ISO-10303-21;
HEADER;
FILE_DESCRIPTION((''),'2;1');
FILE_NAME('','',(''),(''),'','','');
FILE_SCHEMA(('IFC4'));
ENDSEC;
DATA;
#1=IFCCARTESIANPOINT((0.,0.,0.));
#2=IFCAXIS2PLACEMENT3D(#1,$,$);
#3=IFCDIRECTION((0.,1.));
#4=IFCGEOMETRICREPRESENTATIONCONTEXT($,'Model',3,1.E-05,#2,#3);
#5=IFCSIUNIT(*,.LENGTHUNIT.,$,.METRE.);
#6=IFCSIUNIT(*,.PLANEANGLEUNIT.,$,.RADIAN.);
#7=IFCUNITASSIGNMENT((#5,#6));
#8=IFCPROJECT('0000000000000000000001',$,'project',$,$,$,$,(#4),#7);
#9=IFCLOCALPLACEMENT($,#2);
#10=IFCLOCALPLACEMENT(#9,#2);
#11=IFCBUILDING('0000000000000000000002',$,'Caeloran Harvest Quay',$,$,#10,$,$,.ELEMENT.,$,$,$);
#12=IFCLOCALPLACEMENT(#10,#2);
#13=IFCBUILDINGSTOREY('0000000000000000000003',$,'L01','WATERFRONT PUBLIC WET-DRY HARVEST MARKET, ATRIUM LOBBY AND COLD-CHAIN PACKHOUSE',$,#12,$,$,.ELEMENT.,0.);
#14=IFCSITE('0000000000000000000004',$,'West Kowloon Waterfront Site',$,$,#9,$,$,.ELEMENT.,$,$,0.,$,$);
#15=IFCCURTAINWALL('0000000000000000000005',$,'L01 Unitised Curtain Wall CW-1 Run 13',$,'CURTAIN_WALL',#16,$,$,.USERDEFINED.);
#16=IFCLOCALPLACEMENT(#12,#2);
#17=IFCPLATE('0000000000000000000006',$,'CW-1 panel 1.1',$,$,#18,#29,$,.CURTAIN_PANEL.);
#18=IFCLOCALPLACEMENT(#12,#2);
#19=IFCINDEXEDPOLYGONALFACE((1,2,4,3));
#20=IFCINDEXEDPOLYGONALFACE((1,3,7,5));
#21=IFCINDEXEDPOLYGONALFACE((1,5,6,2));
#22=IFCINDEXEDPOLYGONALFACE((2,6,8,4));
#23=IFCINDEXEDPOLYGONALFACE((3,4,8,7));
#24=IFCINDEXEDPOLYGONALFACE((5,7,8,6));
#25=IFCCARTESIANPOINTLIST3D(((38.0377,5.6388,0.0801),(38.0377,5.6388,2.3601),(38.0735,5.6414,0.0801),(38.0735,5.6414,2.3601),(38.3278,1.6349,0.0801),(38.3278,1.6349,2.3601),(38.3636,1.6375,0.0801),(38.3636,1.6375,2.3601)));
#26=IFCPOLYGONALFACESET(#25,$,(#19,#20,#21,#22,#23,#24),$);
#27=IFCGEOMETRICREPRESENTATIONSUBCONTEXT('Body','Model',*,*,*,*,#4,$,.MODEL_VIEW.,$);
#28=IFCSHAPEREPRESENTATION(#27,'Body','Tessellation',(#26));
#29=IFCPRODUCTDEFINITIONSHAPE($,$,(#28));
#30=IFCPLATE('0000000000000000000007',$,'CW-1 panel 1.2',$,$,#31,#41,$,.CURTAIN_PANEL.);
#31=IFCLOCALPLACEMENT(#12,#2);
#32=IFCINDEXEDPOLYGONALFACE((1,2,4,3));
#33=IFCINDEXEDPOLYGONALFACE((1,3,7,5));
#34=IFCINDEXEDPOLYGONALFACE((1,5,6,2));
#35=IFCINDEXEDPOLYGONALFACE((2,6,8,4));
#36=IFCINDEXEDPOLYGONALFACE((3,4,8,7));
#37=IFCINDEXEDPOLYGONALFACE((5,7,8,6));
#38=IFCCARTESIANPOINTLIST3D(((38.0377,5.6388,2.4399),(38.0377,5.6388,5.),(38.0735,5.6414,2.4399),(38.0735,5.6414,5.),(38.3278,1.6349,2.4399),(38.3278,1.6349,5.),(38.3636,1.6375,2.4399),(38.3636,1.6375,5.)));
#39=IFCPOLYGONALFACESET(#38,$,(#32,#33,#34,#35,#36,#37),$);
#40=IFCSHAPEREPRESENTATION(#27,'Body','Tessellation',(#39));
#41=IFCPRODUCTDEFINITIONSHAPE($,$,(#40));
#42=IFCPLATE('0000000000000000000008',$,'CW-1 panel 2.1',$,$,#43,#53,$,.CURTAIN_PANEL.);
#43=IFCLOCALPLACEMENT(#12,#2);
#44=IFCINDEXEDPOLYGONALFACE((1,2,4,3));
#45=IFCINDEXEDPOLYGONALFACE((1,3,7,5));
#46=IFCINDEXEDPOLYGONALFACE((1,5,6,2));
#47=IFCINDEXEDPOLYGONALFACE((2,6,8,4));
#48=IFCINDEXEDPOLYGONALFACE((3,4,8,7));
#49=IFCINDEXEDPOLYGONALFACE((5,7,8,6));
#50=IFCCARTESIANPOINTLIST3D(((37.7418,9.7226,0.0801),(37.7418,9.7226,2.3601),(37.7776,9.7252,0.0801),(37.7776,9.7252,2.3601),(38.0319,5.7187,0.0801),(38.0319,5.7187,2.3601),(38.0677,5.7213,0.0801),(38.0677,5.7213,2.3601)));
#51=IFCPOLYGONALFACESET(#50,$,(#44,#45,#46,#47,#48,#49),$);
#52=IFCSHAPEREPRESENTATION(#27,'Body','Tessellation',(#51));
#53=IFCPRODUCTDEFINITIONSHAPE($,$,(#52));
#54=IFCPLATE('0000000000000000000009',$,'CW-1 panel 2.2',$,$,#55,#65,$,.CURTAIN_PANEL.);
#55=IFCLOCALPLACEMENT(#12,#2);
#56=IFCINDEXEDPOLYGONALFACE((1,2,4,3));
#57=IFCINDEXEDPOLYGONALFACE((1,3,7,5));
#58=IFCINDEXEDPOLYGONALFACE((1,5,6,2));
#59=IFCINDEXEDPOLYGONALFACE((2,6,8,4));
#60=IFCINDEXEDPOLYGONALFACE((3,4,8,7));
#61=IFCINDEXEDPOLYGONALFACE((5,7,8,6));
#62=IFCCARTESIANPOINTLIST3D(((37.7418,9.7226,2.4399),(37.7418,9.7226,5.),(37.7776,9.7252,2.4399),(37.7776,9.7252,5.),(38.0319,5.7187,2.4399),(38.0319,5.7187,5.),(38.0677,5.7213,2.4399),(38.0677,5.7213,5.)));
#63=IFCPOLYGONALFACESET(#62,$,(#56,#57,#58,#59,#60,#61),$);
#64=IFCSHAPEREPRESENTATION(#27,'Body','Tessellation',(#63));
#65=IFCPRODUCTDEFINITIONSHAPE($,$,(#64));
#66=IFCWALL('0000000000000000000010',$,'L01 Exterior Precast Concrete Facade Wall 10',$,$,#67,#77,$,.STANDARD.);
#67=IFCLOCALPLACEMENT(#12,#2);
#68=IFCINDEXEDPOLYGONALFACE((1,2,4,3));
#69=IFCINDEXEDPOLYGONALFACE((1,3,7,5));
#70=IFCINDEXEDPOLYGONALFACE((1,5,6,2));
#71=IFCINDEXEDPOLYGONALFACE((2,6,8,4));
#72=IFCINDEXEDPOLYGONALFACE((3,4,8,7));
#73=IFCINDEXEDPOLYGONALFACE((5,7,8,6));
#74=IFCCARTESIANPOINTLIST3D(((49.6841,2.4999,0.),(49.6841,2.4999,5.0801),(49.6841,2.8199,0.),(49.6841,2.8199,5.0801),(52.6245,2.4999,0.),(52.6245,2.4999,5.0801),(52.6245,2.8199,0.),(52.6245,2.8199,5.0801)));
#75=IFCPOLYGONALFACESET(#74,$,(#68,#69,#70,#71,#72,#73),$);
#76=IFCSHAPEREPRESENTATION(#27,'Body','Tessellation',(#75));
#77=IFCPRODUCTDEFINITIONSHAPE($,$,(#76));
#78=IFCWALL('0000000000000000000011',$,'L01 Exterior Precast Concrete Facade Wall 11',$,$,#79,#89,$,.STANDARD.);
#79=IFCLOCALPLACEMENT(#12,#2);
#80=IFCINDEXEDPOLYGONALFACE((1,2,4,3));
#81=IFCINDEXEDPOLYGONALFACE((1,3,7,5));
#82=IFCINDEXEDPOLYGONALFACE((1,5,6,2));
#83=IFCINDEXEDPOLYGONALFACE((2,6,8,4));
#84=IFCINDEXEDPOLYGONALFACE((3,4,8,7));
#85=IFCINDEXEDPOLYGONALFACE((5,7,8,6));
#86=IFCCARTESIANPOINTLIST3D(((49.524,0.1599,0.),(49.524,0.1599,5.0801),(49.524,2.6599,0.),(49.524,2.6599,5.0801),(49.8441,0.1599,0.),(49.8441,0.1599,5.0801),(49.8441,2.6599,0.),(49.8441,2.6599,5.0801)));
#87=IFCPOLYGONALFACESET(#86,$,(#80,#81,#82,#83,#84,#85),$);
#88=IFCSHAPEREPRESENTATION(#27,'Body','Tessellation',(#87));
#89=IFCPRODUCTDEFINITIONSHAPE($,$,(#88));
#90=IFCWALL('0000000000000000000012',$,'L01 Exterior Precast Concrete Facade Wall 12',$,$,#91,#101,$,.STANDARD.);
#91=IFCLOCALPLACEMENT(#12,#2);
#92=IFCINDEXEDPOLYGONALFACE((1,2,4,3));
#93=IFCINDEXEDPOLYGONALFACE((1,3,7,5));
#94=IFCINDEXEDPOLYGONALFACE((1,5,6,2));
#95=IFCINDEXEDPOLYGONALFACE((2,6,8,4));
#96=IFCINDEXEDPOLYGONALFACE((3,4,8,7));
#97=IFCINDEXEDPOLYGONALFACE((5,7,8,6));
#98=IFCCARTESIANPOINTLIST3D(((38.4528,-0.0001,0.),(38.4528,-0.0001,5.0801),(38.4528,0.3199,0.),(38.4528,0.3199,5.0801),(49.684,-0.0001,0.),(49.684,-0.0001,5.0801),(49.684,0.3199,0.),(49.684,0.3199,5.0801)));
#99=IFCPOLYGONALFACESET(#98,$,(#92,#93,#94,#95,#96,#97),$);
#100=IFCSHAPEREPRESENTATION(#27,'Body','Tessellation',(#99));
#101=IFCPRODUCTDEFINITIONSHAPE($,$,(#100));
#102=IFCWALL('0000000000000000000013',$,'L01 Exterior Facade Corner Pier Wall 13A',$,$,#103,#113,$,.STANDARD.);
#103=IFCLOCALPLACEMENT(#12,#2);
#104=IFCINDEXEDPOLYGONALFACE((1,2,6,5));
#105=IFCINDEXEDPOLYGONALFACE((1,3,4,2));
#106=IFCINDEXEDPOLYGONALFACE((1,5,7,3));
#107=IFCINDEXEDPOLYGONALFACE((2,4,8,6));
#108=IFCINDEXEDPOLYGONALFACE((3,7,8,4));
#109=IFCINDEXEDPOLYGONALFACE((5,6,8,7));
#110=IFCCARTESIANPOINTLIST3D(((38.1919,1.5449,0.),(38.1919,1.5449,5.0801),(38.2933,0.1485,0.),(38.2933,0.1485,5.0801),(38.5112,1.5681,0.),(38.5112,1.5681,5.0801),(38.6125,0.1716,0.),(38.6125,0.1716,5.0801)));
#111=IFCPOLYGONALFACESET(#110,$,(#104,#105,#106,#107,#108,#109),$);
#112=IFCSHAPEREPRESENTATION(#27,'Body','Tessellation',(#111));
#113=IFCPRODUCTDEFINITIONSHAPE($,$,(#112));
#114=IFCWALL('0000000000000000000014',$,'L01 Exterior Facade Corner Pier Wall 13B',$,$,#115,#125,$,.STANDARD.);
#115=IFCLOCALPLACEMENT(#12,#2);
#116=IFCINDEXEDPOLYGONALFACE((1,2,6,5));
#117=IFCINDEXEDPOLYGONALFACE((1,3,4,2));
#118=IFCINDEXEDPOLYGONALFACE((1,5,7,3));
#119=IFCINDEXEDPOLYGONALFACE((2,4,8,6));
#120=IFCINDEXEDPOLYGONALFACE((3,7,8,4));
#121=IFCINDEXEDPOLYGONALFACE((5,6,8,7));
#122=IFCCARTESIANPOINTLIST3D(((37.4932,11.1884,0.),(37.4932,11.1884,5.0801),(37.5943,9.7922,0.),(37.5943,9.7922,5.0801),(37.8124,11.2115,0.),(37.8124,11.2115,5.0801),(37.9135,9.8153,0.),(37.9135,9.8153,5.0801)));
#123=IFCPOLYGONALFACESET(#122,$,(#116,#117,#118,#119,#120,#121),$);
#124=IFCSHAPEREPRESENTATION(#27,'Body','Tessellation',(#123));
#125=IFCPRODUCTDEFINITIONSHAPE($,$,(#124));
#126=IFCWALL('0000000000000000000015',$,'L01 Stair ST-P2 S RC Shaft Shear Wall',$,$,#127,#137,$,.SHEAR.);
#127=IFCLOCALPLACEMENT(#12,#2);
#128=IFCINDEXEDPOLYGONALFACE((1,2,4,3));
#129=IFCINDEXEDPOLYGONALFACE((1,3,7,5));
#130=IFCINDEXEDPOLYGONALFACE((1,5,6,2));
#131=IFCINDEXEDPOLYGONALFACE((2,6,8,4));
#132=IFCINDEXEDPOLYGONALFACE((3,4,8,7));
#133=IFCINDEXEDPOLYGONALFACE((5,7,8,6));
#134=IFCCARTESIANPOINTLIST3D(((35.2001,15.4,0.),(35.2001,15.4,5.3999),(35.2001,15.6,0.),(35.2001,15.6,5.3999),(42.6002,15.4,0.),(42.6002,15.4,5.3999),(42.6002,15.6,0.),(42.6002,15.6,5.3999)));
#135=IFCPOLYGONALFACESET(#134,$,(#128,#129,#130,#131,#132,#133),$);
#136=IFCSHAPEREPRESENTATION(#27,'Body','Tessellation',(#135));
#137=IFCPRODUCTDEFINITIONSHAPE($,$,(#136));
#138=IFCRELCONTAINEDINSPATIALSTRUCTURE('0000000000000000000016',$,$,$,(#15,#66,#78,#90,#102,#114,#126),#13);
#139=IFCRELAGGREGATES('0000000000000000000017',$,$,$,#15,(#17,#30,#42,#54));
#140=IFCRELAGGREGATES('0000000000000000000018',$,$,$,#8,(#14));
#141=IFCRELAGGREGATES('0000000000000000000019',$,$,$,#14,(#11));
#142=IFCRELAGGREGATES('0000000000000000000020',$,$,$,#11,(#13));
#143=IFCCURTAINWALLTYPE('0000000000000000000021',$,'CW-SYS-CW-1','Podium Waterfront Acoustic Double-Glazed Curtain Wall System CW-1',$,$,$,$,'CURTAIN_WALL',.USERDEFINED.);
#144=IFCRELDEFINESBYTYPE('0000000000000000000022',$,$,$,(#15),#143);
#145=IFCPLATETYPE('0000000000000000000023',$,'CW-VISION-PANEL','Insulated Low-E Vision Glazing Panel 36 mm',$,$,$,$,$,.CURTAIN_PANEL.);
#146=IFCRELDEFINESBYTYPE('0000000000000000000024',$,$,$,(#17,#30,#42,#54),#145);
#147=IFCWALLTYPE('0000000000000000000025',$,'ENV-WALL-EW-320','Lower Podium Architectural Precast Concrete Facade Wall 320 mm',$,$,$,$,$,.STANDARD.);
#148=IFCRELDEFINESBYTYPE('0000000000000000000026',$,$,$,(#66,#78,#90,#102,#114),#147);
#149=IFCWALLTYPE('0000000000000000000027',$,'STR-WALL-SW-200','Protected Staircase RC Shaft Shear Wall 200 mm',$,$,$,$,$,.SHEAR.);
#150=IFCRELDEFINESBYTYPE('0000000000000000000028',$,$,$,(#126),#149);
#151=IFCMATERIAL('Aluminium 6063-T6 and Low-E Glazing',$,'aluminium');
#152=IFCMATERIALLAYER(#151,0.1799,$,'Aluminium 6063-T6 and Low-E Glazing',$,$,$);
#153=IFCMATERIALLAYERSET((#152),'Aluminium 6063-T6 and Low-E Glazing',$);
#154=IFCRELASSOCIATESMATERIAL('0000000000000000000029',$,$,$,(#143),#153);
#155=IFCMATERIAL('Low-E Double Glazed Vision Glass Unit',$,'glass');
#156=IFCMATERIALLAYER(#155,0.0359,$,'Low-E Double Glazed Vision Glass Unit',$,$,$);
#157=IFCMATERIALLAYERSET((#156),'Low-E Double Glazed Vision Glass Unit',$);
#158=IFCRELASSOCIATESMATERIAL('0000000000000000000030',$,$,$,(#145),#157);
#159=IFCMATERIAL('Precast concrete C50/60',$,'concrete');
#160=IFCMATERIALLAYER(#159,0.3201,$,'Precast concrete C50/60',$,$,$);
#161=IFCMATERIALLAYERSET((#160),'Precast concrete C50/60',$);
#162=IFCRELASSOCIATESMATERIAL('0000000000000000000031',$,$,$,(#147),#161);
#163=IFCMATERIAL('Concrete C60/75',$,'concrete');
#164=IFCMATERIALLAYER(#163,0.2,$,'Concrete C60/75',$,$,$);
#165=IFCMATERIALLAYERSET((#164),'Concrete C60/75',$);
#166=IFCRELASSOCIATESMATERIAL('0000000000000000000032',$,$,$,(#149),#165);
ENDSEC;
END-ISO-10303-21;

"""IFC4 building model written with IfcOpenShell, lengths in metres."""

from ifc_helpers import new_model, si_unit, direction, frame, frame_2d, origin, origin_2d, place, context, subcontext, project, spatial, rectangle, extrude, material, layer, layer_set, type_object, element, aggregate, save


model = new_model("IFC4")

# Units and contexts
model_context = context("Model", 3, precision=1e-05, world=origin(), true_north=direction((0.0, 1.0)))
body_context = subcontext(model_context, "Body", "Model", "MODEL_VIEW")
ifc_project = project(units=[si_unit("LENGTHUNIT", "METRE"), si_unit("PLANEANGLEUNIT", "RADIAN")], contexts=[model_context])

# Site, building, storey
site_placement = place(None, origin())
site = spatial("IfcSite", under=ifc_project, at=site_placement, Name="West Kowloon Waterfront Site", CompositionType="ELEMENT", RefElevation=0.0)
building_placement = place(site_placement, origin())
building = spatial("IfcBuilding", under=site, at=building_placement, Name="Caeloran Harvest Quay", CompositionType="ELEMENT")
storey_placement = place(building_placement, origin())
storey = spatial("IfcBuildingStorey", under=building, at=storey_placement, Name="L01", Description="WATERFRONT PUBLIC WET-DRY HARVEST MARKET, ATRIUM LOBBY AND COLD-CHAIN PACKHOUSE", CompositionType="ELEMENT", Elevation=0.0)

# Curtain wall, plates
ifc_material_1 = material(Name="Aluminium 6063-T6 and Low-E Glazing", Category="aluminium")
ifc_layer_1 = layer(ifc_material_1, 0.1799, Name="Aluminium 6063-T6 and Low-E Glazing")
ifc_layer_set_1 = layer_set([ifc_layer_1], Name="Aluminium 6063-T6 and Low-E Glazing")
curtain_wall_type = type_object("IfcCurtainWallType", Name="CW-SYS-CW-1", Description="Podium Waterfront Acoustic Double-Glazed Curtain Wall System CW-1", ElementType="CURTAIN_WALL", PredefinedType="USERDEFINED", material=ifc_layer_set_1)
curtain_wall_placement = place(storey_placement, origin())
curtain_wall = element("IfcCurtainWall", 1, at=curtain_wall_placement, inside=storey, type_object=curtain_wall_type, Name="L01 Unitised Curtain Wall CW-1 Run 13", ObjectType="CURTAIN_WALL", PredefinedType="USERDEFINED")
ifc_material_2 = material(Name="Low-E Double Glazed Vision Glass Unit", Category="glass")
ifc_layer_2 = layer(ifc_material_2, 0.0359, Name="Low-E Double Glazed Vision Glass Unit")
ifc_layer_set_2 = layer_set([ifc_layer_2], Name="Low-E Double Glazed Vision Glass Unit")
plate_type = type_object("IfcPlateType", Name="CW-VISION-PANEL", Description="Insulated Low-E Vision Glazing Panel 36 mm", PredefinedType="CURTAIN_PANEL", material=ifc_layer_set_2)
plate_1_placement = place(storey_placement, frame((38.2007, 3.6382, 0.0801), z_axis=(0.0, 0.0, 1.0), x_axis=(-0.072271, 0.997385, 0.0)))
plate_1 = element("IfcPlate", 2, at=plate_1_placement, type_object=plate_type, Name="CW-1 panel 1.1", PredefinedType="CURTAIN_PANEL", context=body_context, shape_type="SweptSolid", body=[
    extrude(rectangle(XDim=4.0144, YDim=0.0359, at=origin_2d()), origin(), (0.0, 0.0, 1.0), 2.28),
])
plate_2_placement = place(storey_placement, frame((38.2007, 3.6382, 2.4399), z_axis=(0.0, 0.0, 1.0), x_axis=(-0.072271, 0.997385, 0.0)))
plate_2 = element("IfcPlate", 3, at=plate_2_placement, type_object=plate_type, Name="CW-1 panel 1.2", PredefinedType="CURTAIN_PANEL", context=body_context, shape_type="SweptSolid", body=[
    extrude(rectangle(XDim=4.0144, YDim=0.0359, at=origin_2d()), origin(), (0.0, 0.0, 1.0), 2.5601),
])
plate_3_placement = place(storey_placement, frame((37.9048, 7.7219, 0.0801), z_axis=(0.0, 0.0, 1.0), x_axis=(-0.072271, 0.997385, 0.0)))
plate_3 = element("IfcPlate", 4, at=plate_3_placement, type_object=plate_type, Name="CW-1 panel 2.1", PredefinedType="CURTAIN_PANEL", context=body_context, shape_type="SweptSolid", body=[
    extrude(rectangle(XDim=4.0144, YDim=0.0359, at=origin_2d()), origin(), (0.0, 0.0, 1.0), 2.28),
])
plate_4_placement = place(storey_placement, frame((37.9048, 7.7219, 2.4399), z_axis=(0.0, 0.0, 1.0), x_axis=(-0.072271, 0.997385, 0.0)))
plate_4 = element("IfcPlate", 5, at=plate_4_placement, type_object=plate_type, Name="CW-1 panel 2.2", PredefinedType="CURTAIN_PANEL", context=body_context, shape_type="SweptSolid", body=[
    extrude(rectangle(XDim=4.0144, YDim=0.0359, at=origin_2d()), origin(), (0.0, 0.0, 1.0), 2.5601),
])
aggregate(curtain_wall, [plate_1, plate_2, plate_3, plate_4])

# Walls
ifc_material_3 = material(Name="Precast concrete C50/60", Category="concrete")
ifc_layer_3 = layer(ifc_material_3, 0.3201, Name="Precast concrete C50/60")
ifc_layer_set_3 = layer_set([ifc_layer_3], Name="Precast concrete C50/60")
wall_type_1 = type_object("IfcWallType", Name="ENV-WALL-EW-320", Description="Lower Podium Architectural Precast Concrete Facade Wall 320 mm", PredefinedType="STANDARD", material=ifc_layer_set_3)
wall_1_placement = place(storey_placement, frame((52.6245, 2.6599, 0.0), z_axis=(0.0, 0.0, 1.0), x_axis=(-1.0, 0.0, 0.0)))
element("IfcWall", 6, at=wall_1_placement, inside=storey, type_object=wall_type_1, Name="L01 Exterior Precast Concrete Facade Wall 10", PredefinedType="STANDARD", context=body_context, shape_type="SweptSolid", body=[
    extrude(rectangle(XDim=2.9404, YDim=0.3201, at=frame_2d((1.4702, 0.0))), origin(), (0.0, 0.0, 1.0), 5.0801),
])
wall_2_placement = place(storey_placement, frame((49.6841, 2.6599, 0.0), z_axis=(0.0, 0.0, 1.0), x_axis=(0.0, -1.0, 0.0)))
element("IfcWall", 7, at=wall_2_placement, inside=storey, type_object=wall_type_1, Name="L01 Exterior Precast Concrete Facade Wall 11", PredefinedType="STANDARD", context=body_context, shape_type="SweptSolid", body=[
    extrude(rectangle(XDim=2.5, YDim=0.3201, at=frame_2d((1.25, 0.0))), origin(), (0.0, 0.0, 1.0), 5.0801),
])
wall_3_placement = place(storey_placement, frame((49.6841, 0.1599, 0.0), z_axis=(0.0, 0.0, 1.0), x_axis=(-1.0, 0.0, 0.0)))
element("IfcWall", 8, at=wall_3_placement, inside=storey, type_object=wall_type_1, Name="L01 Exterior Precast Concrete Facade Wall 12", PredefinedType="STANDARD", context=body_context, shape_type="SweptSolid", body=[
    extrude(rectangle(XDim=11.2312, YDim=0.3201, at=frame_2d((5.6157, 0.0))), origin(), (0.0, 0.0, 1.0), 5.0801),
])
wall_4_placement = place(storey_placement, frame((38.4529, 0.1599, 0.0), z_axis=(0.0, 0.0, 1.0), x_axis=(-0.072362, 0.997378, 0.0)))
element("IfcWall", 9, at=wall_4_placement, inside=storey, type_object=wall_type_1, Name="L01 Exterior Facade Corner Pier Wall 13A", PredefinedType="STANDARD", context=body_context, shape_type="SweptSolid", body=[
    extrude(rectangle(XDim=1.4001, YDim=0.3201, at=frame_2d((0.7002, 0.0))), origin(), (0.0, 0.0, 1.0), 5.0801),
])
wall_5_placement = place(storey_placement, frame((37.7539, 9.8037, 0.0), z_axis=(0.0, 0.0, 1.0), x_axis=(-0.072201, 0.99739, 0.0)))
element("IfcWall", 10, at=wall_5_placement, inside=storey, type_object=wall_type_1, Name="L01 Exterior Facade Corner Pier Wall 13B", PredefinedType="STANDARD", context=body_context, shape_type="SweptSolid", body=[
    extrude(rectangle(XDim=1.3999, YDim=0.3201, at=frame_2d((0.7, 0.0))), origin(), (0.0, 0.0, 1.0), 5.0801),
])

# Wall
ifc_material_4 = material(Name="Concrete C60/75", Category="concrete")
ifc_layer_4 = layer(ifc_material_4, 0.2, Name="Concrete C60/75")
ifc_layer_set_4 = layer_set([ifc_layer_4], Name="Concrete C60/75")
wall_type_2 = type_object("IfcWallType", Name="STR-WALL-SW-200", Description="Protected Staircase RC Shaft Shear Wall 200 mm", PredefinedType="SHEAR", material=ifc_layer_set_4)
wall_6_placement = place(storey_placement, frame((35.2, 15.5, 0.0), z_axis=(0.0, 0.0, 1.0), x_axis=(1.0, 0.0, 0.0)))
element("IfcWall", 11, at=wall_6_placement, inside=storey, type_object=wall_type_2, Name="L01 Stair ST-P2 S RC Shaft Shear Wall", PredefinedType="SHEAR", context=body_context, shape_type="SweptSolid", body=[
    extrude(rectangle(XDim=7.4001, YDim=0.2, at=frame_2d((3.7002, 0.0))), origin(), (0.0, 0.0, 1.0), 5.3999),
])

save(model, "model.ifc")
